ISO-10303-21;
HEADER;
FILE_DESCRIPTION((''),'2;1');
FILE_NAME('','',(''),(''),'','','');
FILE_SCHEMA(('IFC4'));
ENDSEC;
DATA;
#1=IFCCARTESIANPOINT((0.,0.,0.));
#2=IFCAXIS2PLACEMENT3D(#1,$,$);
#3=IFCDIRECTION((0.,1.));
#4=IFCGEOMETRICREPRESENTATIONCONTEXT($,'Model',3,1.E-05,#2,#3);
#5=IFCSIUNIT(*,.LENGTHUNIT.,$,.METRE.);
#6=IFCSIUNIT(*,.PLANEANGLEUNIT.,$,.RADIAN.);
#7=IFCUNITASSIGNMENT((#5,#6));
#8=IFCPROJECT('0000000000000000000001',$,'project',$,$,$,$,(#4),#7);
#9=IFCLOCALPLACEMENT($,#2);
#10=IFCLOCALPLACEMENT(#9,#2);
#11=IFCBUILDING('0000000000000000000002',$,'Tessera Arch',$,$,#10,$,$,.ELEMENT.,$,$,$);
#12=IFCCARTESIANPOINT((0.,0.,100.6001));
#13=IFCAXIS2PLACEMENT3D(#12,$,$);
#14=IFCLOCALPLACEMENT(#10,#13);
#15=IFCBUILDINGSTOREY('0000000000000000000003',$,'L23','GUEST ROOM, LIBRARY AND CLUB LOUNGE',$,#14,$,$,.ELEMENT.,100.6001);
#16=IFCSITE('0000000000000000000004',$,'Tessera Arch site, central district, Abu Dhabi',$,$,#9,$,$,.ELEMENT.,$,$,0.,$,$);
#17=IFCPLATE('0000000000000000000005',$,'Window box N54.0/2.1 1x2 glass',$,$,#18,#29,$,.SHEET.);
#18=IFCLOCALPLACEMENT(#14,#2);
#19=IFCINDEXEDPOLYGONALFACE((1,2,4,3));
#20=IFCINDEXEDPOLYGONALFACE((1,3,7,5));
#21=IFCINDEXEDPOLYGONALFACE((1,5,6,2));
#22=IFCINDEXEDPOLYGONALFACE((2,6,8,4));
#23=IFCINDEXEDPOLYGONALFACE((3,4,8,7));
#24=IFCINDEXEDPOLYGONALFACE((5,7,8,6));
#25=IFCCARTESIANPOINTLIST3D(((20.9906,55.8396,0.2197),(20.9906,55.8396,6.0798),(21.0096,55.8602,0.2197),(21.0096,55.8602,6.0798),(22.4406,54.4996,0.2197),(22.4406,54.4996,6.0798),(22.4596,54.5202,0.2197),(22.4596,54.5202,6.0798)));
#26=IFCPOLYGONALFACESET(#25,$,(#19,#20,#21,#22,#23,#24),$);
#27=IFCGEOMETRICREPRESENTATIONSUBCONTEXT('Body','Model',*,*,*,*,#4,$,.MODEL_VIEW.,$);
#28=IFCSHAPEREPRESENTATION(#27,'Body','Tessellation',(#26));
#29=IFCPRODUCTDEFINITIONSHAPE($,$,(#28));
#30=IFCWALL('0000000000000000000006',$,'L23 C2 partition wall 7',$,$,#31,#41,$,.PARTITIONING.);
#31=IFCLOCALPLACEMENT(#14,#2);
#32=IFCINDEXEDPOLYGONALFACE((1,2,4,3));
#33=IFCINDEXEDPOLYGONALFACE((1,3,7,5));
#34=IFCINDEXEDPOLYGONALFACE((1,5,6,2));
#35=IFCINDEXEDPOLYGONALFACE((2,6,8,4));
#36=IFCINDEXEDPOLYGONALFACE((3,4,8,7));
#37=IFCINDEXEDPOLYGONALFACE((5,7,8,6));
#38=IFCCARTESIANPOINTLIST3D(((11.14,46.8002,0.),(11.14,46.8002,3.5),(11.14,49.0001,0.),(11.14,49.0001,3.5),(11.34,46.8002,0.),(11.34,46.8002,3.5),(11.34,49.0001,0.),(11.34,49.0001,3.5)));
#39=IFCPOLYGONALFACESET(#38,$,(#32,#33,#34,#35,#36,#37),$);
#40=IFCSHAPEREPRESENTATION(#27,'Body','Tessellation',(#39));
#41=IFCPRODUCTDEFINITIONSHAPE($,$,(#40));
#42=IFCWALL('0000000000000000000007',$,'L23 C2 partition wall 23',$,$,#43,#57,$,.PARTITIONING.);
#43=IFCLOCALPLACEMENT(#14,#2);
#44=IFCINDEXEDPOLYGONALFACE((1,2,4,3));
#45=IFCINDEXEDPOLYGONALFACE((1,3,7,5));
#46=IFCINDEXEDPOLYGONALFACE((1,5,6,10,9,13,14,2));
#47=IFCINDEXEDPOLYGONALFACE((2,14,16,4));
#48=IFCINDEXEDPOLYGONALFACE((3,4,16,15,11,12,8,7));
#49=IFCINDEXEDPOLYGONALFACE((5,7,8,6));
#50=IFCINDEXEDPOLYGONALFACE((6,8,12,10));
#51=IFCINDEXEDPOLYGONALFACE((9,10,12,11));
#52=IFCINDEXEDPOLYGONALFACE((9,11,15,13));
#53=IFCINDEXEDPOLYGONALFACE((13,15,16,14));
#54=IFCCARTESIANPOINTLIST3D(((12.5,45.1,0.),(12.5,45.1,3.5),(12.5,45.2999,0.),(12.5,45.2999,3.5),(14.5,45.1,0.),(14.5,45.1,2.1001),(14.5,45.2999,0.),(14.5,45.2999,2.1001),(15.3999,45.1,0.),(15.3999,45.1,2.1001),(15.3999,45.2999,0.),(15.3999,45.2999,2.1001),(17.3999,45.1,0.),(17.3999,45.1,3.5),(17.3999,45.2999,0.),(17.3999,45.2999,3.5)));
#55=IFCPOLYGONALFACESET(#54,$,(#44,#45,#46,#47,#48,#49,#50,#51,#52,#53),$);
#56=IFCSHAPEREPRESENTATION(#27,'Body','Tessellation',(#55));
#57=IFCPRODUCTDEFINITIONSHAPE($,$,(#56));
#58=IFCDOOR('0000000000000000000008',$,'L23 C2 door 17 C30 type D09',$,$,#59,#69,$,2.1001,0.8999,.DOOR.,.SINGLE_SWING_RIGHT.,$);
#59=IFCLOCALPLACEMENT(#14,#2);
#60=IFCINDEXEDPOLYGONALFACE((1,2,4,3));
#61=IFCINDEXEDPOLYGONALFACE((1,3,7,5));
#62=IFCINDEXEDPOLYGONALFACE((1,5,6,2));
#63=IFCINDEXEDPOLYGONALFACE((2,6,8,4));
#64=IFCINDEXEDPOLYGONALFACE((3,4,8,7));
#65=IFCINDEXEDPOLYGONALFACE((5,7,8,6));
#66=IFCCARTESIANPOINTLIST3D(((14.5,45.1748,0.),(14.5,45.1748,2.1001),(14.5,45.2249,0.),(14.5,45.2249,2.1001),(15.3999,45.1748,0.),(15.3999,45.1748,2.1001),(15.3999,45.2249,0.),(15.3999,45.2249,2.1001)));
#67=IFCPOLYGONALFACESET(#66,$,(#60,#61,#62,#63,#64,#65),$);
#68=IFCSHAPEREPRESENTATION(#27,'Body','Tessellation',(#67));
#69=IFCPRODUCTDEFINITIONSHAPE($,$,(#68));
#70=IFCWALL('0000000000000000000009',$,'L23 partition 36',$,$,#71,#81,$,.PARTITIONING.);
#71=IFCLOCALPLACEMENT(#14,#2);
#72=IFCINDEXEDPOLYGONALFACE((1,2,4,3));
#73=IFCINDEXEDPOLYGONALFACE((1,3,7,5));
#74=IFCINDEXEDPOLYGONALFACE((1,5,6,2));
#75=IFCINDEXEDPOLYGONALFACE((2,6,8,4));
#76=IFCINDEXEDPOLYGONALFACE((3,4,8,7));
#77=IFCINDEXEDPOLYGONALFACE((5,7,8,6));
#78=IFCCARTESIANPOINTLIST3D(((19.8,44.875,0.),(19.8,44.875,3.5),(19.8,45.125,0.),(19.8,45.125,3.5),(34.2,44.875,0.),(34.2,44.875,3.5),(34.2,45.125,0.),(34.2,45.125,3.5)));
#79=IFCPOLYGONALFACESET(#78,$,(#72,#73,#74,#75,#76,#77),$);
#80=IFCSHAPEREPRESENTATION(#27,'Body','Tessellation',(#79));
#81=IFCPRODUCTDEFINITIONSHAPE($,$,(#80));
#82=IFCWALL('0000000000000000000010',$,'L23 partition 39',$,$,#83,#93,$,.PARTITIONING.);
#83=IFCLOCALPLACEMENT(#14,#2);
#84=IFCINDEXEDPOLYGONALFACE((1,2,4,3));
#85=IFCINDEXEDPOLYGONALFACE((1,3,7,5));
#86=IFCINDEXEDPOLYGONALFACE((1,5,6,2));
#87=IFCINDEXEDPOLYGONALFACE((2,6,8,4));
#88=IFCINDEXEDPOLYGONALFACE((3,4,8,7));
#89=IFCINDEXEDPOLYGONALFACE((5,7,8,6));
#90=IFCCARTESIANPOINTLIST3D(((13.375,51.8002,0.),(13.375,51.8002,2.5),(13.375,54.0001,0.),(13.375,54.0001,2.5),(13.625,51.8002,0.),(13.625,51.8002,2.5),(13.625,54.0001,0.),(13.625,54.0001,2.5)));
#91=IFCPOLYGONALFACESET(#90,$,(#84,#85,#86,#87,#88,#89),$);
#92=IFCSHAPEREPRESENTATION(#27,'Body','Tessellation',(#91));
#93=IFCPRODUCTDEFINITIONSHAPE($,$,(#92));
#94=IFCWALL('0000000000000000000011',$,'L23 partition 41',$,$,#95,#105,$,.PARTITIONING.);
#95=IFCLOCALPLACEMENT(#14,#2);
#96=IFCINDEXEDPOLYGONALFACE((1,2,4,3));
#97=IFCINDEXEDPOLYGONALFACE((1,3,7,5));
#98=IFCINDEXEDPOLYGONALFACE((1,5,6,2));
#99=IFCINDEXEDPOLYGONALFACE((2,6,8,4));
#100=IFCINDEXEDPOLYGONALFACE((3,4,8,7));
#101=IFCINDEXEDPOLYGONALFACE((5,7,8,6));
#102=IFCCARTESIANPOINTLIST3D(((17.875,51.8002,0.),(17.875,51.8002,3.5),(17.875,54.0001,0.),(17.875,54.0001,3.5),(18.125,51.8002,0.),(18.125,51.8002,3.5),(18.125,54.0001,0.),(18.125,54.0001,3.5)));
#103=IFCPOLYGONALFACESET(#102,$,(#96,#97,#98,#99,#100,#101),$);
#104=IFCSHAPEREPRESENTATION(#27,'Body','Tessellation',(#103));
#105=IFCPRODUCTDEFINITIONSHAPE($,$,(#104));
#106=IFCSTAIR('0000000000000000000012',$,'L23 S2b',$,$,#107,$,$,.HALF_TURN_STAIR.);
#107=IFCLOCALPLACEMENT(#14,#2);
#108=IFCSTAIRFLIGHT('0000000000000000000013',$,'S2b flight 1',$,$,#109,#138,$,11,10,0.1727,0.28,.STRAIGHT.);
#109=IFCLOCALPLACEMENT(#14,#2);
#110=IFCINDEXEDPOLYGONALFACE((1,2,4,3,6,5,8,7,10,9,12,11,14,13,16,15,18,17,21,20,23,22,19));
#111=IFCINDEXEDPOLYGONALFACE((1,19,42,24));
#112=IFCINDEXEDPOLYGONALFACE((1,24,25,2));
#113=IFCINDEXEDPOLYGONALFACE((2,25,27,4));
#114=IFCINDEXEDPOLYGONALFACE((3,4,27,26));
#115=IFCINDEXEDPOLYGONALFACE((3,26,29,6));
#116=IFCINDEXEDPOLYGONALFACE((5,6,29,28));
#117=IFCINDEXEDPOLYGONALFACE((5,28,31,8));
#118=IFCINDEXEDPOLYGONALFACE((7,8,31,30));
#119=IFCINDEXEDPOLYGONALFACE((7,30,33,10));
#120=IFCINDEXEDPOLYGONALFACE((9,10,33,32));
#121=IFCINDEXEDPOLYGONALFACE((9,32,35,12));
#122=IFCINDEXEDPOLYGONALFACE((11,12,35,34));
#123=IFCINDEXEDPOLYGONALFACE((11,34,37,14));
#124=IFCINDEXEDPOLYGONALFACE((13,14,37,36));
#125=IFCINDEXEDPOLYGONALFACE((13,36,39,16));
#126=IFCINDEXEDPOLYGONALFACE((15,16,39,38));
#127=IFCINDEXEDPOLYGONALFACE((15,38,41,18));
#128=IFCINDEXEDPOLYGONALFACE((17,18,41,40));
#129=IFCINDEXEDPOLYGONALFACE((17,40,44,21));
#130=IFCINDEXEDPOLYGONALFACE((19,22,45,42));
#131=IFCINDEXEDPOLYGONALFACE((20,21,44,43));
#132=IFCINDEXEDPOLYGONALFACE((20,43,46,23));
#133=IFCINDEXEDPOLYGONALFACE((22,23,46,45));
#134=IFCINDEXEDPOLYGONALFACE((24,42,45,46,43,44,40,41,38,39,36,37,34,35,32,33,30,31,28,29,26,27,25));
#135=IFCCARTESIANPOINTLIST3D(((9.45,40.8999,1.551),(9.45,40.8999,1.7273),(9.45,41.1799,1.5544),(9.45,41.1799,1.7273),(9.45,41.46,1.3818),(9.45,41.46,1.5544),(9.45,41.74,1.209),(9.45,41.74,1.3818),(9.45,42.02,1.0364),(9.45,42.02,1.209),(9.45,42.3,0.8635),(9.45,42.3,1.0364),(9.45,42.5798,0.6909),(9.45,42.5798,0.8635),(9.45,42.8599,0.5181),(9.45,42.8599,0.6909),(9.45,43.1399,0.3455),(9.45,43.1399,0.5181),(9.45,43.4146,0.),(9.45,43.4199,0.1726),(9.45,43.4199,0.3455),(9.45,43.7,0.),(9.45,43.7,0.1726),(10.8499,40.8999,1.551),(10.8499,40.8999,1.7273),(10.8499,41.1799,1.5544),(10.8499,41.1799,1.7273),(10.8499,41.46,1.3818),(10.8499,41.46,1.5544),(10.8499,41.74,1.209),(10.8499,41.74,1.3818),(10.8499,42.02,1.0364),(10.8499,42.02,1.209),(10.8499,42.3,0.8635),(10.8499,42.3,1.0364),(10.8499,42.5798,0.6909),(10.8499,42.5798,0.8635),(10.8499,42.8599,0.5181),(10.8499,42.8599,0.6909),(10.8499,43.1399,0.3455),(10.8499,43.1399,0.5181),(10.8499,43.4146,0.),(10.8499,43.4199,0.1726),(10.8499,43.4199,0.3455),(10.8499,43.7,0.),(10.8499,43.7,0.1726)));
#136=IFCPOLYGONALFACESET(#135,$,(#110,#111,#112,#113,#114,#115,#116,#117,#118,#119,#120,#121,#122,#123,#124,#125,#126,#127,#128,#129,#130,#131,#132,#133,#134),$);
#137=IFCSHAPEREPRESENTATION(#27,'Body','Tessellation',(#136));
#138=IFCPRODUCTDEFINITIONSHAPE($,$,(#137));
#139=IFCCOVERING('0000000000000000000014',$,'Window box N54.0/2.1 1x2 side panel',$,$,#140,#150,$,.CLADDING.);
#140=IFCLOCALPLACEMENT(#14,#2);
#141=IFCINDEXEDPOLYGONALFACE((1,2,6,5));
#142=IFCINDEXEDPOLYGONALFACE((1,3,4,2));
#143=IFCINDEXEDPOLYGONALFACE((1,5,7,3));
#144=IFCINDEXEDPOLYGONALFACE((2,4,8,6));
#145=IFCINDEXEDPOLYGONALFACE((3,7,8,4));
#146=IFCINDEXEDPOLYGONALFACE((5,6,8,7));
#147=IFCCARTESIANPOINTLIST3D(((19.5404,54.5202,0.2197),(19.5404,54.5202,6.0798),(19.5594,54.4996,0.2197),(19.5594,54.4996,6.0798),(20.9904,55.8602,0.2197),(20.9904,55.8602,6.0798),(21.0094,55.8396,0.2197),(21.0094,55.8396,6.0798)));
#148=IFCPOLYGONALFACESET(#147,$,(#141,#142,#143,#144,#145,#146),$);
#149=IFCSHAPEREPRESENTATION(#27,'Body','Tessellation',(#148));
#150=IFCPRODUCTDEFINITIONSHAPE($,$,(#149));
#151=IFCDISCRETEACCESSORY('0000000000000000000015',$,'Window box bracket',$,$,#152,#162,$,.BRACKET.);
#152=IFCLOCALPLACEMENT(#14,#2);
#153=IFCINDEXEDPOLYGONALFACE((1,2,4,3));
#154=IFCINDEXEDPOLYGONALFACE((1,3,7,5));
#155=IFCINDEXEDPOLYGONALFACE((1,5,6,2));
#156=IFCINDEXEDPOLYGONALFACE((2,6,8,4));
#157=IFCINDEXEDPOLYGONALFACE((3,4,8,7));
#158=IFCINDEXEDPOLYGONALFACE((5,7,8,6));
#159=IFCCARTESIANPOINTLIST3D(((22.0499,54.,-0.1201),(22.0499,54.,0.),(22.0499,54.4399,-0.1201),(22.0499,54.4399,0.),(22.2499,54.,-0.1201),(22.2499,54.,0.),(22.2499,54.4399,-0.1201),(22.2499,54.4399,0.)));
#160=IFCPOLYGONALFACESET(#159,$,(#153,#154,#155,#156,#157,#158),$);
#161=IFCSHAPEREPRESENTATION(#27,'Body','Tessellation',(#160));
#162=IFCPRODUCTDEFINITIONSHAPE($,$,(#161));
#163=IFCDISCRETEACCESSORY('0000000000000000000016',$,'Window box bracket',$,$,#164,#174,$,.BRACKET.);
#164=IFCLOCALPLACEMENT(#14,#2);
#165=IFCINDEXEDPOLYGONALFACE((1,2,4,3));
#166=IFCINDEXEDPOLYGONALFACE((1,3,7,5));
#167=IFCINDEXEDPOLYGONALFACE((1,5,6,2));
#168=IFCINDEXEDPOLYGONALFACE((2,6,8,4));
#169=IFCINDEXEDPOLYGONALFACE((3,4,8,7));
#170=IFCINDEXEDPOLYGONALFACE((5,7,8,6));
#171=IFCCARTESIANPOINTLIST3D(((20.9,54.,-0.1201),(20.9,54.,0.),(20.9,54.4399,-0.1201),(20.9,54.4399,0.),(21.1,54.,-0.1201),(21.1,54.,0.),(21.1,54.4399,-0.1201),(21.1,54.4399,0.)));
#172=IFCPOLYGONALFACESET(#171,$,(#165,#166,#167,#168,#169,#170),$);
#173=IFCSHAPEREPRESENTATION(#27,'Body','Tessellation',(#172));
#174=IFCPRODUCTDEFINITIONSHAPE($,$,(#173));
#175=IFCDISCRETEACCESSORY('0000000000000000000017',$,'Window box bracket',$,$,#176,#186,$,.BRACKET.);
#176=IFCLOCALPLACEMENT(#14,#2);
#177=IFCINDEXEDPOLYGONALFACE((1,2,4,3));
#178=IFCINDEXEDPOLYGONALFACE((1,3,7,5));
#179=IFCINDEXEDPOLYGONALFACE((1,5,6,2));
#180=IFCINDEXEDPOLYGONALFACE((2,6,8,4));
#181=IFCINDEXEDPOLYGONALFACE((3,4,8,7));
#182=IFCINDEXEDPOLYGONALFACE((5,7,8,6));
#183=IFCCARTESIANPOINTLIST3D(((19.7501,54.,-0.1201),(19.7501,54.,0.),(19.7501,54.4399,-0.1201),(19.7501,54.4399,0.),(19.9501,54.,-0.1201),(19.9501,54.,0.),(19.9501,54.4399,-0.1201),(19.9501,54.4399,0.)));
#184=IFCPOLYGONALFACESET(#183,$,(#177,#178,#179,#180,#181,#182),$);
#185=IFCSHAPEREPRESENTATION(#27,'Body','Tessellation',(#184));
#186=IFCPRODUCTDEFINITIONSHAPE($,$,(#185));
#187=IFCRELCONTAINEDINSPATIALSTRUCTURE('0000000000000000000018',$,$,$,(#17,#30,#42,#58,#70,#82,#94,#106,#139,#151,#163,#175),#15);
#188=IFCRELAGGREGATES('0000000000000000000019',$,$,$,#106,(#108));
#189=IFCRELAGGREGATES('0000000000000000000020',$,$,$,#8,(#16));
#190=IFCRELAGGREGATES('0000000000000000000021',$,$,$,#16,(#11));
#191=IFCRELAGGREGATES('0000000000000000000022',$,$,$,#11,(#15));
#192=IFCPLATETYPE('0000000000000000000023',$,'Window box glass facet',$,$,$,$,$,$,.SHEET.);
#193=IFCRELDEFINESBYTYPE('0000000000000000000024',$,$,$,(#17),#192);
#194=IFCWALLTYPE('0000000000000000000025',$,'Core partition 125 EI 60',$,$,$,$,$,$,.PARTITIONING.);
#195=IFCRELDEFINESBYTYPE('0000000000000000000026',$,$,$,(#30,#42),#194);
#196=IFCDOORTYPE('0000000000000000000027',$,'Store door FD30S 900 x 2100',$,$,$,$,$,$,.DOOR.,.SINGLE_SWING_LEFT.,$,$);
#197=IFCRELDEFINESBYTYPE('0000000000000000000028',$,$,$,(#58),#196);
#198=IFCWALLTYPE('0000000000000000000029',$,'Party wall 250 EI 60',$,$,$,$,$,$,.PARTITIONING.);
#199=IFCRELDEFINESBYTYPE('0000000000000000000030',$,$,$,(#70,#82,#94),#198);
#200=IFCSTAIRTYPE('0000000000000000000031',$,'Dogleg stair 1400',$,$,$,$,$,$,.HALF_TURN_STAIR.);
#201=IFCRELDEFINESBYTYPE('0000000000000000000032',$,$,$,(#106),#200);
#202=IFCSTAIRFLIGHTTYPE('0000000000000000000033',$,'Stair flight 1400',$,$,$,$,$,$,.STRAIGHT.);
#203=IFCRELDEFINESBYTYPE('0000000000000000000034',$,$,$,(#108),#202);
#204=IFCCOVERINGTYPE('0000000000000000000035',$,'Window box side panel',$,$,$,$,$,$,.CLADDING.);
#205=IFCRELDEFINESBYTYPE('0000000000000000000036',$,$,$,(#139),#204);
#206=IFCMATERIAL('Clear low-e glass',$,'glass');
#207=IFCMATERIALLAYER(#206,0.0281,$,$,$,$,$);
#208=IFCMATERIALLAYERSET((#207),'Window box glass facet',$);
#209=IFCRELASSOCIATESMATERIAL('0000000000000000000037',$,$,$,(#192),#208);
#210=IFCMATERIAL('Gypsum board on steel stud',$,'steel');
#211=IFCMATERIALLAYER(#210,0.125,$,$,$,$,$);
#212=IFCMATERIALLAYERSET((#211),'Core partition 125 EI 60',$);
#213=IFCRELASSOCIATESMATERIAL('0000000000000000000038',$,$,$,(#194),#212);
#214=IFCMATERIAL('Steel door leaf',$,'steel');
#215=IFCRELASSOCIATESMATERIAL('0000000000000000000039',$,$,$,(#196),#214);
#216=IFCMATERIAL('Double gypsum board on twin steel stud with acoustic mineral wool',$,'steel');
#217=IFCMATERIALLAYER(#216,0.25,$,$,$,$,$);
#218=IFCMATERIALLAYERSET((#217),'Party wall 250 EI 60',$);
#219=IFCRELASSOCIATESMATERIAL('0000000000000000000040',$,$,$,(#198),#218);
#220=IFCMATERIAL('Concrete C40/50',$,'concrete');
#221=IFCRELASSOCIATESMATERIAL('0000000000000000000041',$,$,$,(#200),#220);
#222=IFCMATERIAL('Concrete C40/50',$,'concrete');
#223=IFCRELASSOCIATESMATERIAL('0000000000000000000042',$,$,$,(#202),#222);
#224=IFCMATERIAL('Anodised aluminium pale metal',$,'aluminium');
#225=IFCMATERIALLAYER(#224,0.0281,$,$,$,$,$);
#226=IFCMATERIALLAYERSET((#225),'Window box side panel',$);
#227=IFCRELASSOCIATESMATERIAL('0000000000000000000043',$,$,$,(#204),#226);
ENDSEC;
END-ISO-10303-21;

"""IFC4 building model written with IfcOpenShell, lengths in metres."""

from ifc_helpers import new_model, si_unit, direction, frame, frame_2d, origin, origin_2d, place, context, subcontext, project, spatial, polyline, rectangle, outline, extrude, material, layer, layer_set, type_object, element, fill, aggregate, save


model = new_model("IFC4")

# Units and contexts
model_context = context("Model", 3, precision=1e-05, world=origin(), true_north=direction((0.0, 1.0)))
body_context = subcontext(model_context, "Body", "Model", "MODEL_VIEW")
ifc_project = project(units=[si_unit("LENGTHUNIT", "METRE"), si_unit("PLANEANGLEUNIT", "RADIAN")], contexts=[model_context])

# Site, building, storey
site_placement = place(None, origin())
site = spatial("IfcSite", under=ifc_project, at=site_placement, Name="Tessera Arch site, central district, Abu Dhabi", CompositionType="ELEMENT", RefElevation=0.0)
building_placement = place(site_placement, origin())
building = spatial("IfcBuilding", under=site, at=building_placement, Name="Tessera Arch", CompositionType="ELEMENT")
storey_placement = place(building_placement, frame((0.0, 0.0, 100.6001)))
storey = spatial("IfcBuildingStorey", under=building, at=storey_placement, Name="L23", Description="GUEST ROOM, LIBRARY AND CLUB LOUNGE", CompositionType="ELEMENT", Elevation=100.6001)

# Plate
ifc_material_1 = material(Name="Clear low-e glass", Category="glass")
ifc_layer_1 = layer(ifc_material_1, 0.0281)
ifc_layer_set_1 = layer_set([ifc_layer_1], Name="Window box glass facet")
plate_type_1 = type_object("IfcPlateType", Name="Window box glass facet", PredefinedType="SHEET", material=ifc_layer_set_1)
plate_1_placement = place(storey_placement, frame((21.7251, 55.1799, 0.2197), z_axis=(0.0, 0.0, 1.0), x_axis=(-0.734415, 0.678701, 0.0)))
element("IfcPlate", 1, at=plate_1_placement, inside=storey, type_object=plate_type_1, Name="Window box N54.0/2.1 1x2 glass", PredefinedType="SHEET", context=body_context, shape_type="SweptSolid", body=[
    extrude(rectangle(XDim=1.9744, YDim=0.0281, at=origin_2d()), origin(), (0.0, 0.0, 1.0), 5.8601),
])

# Wall
ifc_material_2 = material(Name="Gypsum board on steel stud", Category="steel")
ifc_layer_2 = layer(ifc_material_2, 0.125)
ifc_layer_set_2 = layer_set([ifc_layer_2], Name="Core partition 125 EI 60")
wall_type_1 = type_object("IfcWallType", Name="Core partition 125 EI 60", PredefinedType="PARTITIONING", material=ifc_layer_set_2)
wall_1_placement = place(storey_placement, frame((11.24, 46.8, 0.0), z_axis=(0.0, 0.0, 1.0), x_axis=(0.0, 1.0, 0.0)))
element("IfcWall", 2, at=wall_1_placement, inside=storey, type_object=wall_type_1, Name="L23 C2 partition wall 7", PredefinedType="PARTITIONING", context=body_context, shape_type="SweptSolid", body=[
    extrude(rectangle(XDim=2.2, YDim=0.2, at=frame_2d((1.1001, 0.0))), origin(), (0.0, 0.0, 1.0), 3.5),
])

# Wall, opening, door
wall_2_placement = place(storey_placement, frame((12.5, 45.2, 0.0), z_axis=(0.0, 0.0, 1.0), x_axis=(1.0, 0.0, 0.0)))
wall_2 = element("IfcWall", 3, at=wall_2_placement, inside=storey, type_object=wall_type_1, Name="L23 C2 partition wall 23", PredefinedType="PARTITIONING", context=body_context, shape_type="SweptSolid", body=[
    extrude(rectangle(XDim=4.8999, YDim=0.2, at=frame_2d((2.45, 0.0))), origin(), (0.0, 0.0, 1.0), 3.5),
])
opening_placement = place(wall_2_placement, frame((2.0, 0.0, 0.0)))
opening = element("IfcOpeningElement", 4, at=opening_placement, cuts=wall_2, PredefinedType="OPENING", context=body_context, shape_type="SweptSolid", body=[
    extrude(rectangle(XDim=0.8999, YDim=2.1001, at=frame_2d((0.45, 1.05))), frame((0.0, 0.1099, 0.0), z_axis=(0.0, -1.0, 0.0), x_axis=(1.0, 0.0, 0.0)), (0.0, 0.0, 1.0), 0.22),
])
ifc_material_3 = material(Name="Steel door leaf", Category="steel")
door_type = type_object("IfcDoorType", Name="Store door FD30S 900 x 2100", OperationType="SINGLE_SWING_LEFT", PredefinedType="DOOR", material=ifc_material_3)
door_placement = place(opening_placement, origin())
door = element("IfcDoor", 5, at=door_placement, inside=storey, type_object=door_type, Name="L23 C2 door 17 C30 type D09", OperationType="SINGLE_SWING_RIGHT", OverallHeight=2.1001, OverallWidth=0.8999, PredefinedType="DOOR", context=body_context, shape_type="SweptSolid", body=[
    extrude(rectangle(XDim=0.8999, YDim=2.1001, at=frame_2d((0.45, 1.05))), frame((0.0, 0.0249, 0.0), z_axis=(0.0, -1.0, 0.0), x_axis=(1.0, 0.0, 0.0)), (0.0, 0.0, 1.0), 0.05),
])
fill(opening, door)

# Walls
ifc_material_4 = material(Name="Double gypsum board on twin steel stud with acoustic mineral wool", Category="steel")
ifc_layer_3 = layer(ifc_material_4, 0.25)
ifc_layer_set_3 = layer_set([ifc_layer_3], Name="Party wall 250 EI 60")
wall_type_2 = type_object("IfcWallType", Name="Party wall 250 EI 60", PredefinedType="PARTITIONING", material=ifc_layer_set_3)
wall_3_placement = place(storey_placement, frame((19.8, 45.0, 0.0), z_axis=(0.0, 0.0, 1.0), x_axis=(1.0, 0.0, 0.0)))
element("IfcWall", 6, at=wall_3_placement, inside=storey, type_object=wall_type_2, Name="L23 partition 36", PredefinedType="PARTITIONING", context=body_context, shape_type="SweptSolid", body=[
    extrude(rectangle(XDim=14.3999, YDim=0.25, at=frame_2d((7.2, 0.0))), origin(), (0.0, 0.0, 1.0), 3.5),
])
wall_4_placement = place(storey_placement, frame((13.5, 51.8, 0.0), z_axis=(0.0, 0.0, 1.0), x_axis=(0.0, 1.0, 0.0)))
element("IfcWall", 7, at=wall_4_placement, inside=storey, type_object=wall_type_2, Name="L23 partition 39", PredefinedType="PARTITIONING", context=body_context, shape_type="SweptSolid", body=[
    extrude(rectangle(XDim=2.2, YDim=0.25, at=frame_2d((1.1001, 0.0))), origin(), (0.0, 0.0, 1.0), 2.5),
])
wall_5_placement = place(storey_placement, frame((18.0, 51.8, 0.0), z_axis=(0.0, 0.0, 1.0), x_axis=(0.0, 1.0, 0.0)))
element("IfcWall", 8, at=wall_5_placement, inside=storey, type_object=wall_type_2, Name="L23 partition 41", PredefinedType="PARTITIONING", context=body_context, shape_type="SweptSolid", body=[
    extrude(rectangle(XDim=2.2, YDim=0.25, at=frame_2d((1.1001, 0.0))), origin(), (0.0, 0.0, 1.0), 3.5),
])

# Stair, stair flight
ifc_material_5 = material(Name="Concrete C40/50", Category="concrete")
stair_type = type_object("IfcStairType", Name="Dogleg stair 1400", PredefinedType="HALF_TURN_STAIR", material=ifc_material_5)
stair_placement = place(storey_placement, origin())
stair = element("IfcStair", 9, at=stair_placement, inside=storey, type_object=stair_type, Name="L23 S2b", PredefinedType="HALF_TURN_STAIR")
ifc_material_6 = material(Name="Concrete C40/50", Category="concrete")
stair_flight_type = type_object("IfcStairFlightType", Name="Stair flight 1400", PredefinedType="STRAIGHT", material=ifc_material_6)
stair_flight_placement = place(storey_placement, frame((10.1499, 43.7, 0.0), z_axis=(0.0, 0.0, 1.0), x_axis=(0.0, -1.0, 0.0)))
stair_flight = element("IfcStairFlight", 10, at=stair_flight_placement, type_object=stair_flight_type, Name="S2b flight 1", NumberOfRisers=11, NumberOfTreads=10, PredefinedType="STRAIGHT", RiserHeight=0.1727, TreadLength=0.28, context=body_context, shape_type="SweptSolid", body=[
    extrude(outline(polyline([(0.0, 0.0), (0.0, 0.1726), (0.28, 0.1726), (0.28, 0.3455), (0.5601, 0.3455), (0.5601, 0.5181), (0.8401, 0.5181), (0.8401, 0.6909), (1.1201, 0.6909), (1.1201, 0.8635), (1.3999, 0.8635), (1.3999, 1.0364), (1.6799, 1.0364), (1.6799, 1.209), (1.96, 1.209), (1.96, 1.3818), (2.24, 1.3818), (2.24, 1.5544), (2.52, 1.5544), (2.52, 1.7273), (2.8, 1.7273), (2.8, 1.8999), (2.8, 1.551), (0.2854, 0.0), (0.0, 0.0)])), frame((0.0, 0.7, 0.0), z_axis=(0.0, -1.0, 0.0), x_axis=(1.0, 0.0, 0.0)), (0.0, 0.0, 1.0), 1.3999),
])
aggregate(stair, [stair_flight])

# Covering
ifc_material_7 = material(Name="Anodised aluminium pale metal", Category="aluminium")
ifc_layer_4 = layer(ifc_material_7, 0.0281)
ifc_layer_set_4 = layer_set([ifc_layer_4], Name="Window box side panel")
covering_type = type_object("IfcCoveringType", Name="Window box side panel", PredefinedType="CLADDING", material=ifc_layer_set_4)
covering_placement = place(storey_placement, frame((20.2749, 55.1799, 0.2197), z_axis=(0.0, 0.0, 1.0), x_axis=(0.734415, 0.678701, 0.0)))
element("IfcCovering", 11, at=covering_placement, inside=storey, type_object=covering_type, Name="Window box N54.0/2.1 1x2 side panel", PredefinedType="CLADDING", context=body_context, shape_type="SweptSolid", body=[
    extrude(rectangle(XDim=1.9744, YDim=0.0281, at=origin_2d()), origin(), (0.0, 0.0, 1.0), 5.8601),
])

# Discrete accessories
for number, where, z_axis, x_axis, name in (
    (12, (22.1499, 54.22, -0.1201), (0.0, 0.0, 1.0), (0.0, 1.0, 0.0), "Window box bracket"),
    (13, (21.0, 54.22, -0.1201), (0.0, 0.0, 1.0), (0.0, 1.0, 0.0), "Window box bracket"),
    (14, (19.8501, 54.22, -0.1201), (0.0, 0.0, 1.0), (0.0, 1.0, 0.0), "Window box bracket"),
):
    element("IfcDiscreteAccessory", number, at=place(storey_placement, frame(where, z_axis=z_axis, x_axis=x_axis)), inside=storey, Name=name, PredefinedType="BRACKET", context=body_context, shape_type="SweptSolid", body=[
        extrude(rectangle(XDim=0.4399, YDim=0.2, at=origin_2d()), origin(), (0.0, 0.0, 1.0), 0.1201),
    ])

save(model, "model.ifc")
